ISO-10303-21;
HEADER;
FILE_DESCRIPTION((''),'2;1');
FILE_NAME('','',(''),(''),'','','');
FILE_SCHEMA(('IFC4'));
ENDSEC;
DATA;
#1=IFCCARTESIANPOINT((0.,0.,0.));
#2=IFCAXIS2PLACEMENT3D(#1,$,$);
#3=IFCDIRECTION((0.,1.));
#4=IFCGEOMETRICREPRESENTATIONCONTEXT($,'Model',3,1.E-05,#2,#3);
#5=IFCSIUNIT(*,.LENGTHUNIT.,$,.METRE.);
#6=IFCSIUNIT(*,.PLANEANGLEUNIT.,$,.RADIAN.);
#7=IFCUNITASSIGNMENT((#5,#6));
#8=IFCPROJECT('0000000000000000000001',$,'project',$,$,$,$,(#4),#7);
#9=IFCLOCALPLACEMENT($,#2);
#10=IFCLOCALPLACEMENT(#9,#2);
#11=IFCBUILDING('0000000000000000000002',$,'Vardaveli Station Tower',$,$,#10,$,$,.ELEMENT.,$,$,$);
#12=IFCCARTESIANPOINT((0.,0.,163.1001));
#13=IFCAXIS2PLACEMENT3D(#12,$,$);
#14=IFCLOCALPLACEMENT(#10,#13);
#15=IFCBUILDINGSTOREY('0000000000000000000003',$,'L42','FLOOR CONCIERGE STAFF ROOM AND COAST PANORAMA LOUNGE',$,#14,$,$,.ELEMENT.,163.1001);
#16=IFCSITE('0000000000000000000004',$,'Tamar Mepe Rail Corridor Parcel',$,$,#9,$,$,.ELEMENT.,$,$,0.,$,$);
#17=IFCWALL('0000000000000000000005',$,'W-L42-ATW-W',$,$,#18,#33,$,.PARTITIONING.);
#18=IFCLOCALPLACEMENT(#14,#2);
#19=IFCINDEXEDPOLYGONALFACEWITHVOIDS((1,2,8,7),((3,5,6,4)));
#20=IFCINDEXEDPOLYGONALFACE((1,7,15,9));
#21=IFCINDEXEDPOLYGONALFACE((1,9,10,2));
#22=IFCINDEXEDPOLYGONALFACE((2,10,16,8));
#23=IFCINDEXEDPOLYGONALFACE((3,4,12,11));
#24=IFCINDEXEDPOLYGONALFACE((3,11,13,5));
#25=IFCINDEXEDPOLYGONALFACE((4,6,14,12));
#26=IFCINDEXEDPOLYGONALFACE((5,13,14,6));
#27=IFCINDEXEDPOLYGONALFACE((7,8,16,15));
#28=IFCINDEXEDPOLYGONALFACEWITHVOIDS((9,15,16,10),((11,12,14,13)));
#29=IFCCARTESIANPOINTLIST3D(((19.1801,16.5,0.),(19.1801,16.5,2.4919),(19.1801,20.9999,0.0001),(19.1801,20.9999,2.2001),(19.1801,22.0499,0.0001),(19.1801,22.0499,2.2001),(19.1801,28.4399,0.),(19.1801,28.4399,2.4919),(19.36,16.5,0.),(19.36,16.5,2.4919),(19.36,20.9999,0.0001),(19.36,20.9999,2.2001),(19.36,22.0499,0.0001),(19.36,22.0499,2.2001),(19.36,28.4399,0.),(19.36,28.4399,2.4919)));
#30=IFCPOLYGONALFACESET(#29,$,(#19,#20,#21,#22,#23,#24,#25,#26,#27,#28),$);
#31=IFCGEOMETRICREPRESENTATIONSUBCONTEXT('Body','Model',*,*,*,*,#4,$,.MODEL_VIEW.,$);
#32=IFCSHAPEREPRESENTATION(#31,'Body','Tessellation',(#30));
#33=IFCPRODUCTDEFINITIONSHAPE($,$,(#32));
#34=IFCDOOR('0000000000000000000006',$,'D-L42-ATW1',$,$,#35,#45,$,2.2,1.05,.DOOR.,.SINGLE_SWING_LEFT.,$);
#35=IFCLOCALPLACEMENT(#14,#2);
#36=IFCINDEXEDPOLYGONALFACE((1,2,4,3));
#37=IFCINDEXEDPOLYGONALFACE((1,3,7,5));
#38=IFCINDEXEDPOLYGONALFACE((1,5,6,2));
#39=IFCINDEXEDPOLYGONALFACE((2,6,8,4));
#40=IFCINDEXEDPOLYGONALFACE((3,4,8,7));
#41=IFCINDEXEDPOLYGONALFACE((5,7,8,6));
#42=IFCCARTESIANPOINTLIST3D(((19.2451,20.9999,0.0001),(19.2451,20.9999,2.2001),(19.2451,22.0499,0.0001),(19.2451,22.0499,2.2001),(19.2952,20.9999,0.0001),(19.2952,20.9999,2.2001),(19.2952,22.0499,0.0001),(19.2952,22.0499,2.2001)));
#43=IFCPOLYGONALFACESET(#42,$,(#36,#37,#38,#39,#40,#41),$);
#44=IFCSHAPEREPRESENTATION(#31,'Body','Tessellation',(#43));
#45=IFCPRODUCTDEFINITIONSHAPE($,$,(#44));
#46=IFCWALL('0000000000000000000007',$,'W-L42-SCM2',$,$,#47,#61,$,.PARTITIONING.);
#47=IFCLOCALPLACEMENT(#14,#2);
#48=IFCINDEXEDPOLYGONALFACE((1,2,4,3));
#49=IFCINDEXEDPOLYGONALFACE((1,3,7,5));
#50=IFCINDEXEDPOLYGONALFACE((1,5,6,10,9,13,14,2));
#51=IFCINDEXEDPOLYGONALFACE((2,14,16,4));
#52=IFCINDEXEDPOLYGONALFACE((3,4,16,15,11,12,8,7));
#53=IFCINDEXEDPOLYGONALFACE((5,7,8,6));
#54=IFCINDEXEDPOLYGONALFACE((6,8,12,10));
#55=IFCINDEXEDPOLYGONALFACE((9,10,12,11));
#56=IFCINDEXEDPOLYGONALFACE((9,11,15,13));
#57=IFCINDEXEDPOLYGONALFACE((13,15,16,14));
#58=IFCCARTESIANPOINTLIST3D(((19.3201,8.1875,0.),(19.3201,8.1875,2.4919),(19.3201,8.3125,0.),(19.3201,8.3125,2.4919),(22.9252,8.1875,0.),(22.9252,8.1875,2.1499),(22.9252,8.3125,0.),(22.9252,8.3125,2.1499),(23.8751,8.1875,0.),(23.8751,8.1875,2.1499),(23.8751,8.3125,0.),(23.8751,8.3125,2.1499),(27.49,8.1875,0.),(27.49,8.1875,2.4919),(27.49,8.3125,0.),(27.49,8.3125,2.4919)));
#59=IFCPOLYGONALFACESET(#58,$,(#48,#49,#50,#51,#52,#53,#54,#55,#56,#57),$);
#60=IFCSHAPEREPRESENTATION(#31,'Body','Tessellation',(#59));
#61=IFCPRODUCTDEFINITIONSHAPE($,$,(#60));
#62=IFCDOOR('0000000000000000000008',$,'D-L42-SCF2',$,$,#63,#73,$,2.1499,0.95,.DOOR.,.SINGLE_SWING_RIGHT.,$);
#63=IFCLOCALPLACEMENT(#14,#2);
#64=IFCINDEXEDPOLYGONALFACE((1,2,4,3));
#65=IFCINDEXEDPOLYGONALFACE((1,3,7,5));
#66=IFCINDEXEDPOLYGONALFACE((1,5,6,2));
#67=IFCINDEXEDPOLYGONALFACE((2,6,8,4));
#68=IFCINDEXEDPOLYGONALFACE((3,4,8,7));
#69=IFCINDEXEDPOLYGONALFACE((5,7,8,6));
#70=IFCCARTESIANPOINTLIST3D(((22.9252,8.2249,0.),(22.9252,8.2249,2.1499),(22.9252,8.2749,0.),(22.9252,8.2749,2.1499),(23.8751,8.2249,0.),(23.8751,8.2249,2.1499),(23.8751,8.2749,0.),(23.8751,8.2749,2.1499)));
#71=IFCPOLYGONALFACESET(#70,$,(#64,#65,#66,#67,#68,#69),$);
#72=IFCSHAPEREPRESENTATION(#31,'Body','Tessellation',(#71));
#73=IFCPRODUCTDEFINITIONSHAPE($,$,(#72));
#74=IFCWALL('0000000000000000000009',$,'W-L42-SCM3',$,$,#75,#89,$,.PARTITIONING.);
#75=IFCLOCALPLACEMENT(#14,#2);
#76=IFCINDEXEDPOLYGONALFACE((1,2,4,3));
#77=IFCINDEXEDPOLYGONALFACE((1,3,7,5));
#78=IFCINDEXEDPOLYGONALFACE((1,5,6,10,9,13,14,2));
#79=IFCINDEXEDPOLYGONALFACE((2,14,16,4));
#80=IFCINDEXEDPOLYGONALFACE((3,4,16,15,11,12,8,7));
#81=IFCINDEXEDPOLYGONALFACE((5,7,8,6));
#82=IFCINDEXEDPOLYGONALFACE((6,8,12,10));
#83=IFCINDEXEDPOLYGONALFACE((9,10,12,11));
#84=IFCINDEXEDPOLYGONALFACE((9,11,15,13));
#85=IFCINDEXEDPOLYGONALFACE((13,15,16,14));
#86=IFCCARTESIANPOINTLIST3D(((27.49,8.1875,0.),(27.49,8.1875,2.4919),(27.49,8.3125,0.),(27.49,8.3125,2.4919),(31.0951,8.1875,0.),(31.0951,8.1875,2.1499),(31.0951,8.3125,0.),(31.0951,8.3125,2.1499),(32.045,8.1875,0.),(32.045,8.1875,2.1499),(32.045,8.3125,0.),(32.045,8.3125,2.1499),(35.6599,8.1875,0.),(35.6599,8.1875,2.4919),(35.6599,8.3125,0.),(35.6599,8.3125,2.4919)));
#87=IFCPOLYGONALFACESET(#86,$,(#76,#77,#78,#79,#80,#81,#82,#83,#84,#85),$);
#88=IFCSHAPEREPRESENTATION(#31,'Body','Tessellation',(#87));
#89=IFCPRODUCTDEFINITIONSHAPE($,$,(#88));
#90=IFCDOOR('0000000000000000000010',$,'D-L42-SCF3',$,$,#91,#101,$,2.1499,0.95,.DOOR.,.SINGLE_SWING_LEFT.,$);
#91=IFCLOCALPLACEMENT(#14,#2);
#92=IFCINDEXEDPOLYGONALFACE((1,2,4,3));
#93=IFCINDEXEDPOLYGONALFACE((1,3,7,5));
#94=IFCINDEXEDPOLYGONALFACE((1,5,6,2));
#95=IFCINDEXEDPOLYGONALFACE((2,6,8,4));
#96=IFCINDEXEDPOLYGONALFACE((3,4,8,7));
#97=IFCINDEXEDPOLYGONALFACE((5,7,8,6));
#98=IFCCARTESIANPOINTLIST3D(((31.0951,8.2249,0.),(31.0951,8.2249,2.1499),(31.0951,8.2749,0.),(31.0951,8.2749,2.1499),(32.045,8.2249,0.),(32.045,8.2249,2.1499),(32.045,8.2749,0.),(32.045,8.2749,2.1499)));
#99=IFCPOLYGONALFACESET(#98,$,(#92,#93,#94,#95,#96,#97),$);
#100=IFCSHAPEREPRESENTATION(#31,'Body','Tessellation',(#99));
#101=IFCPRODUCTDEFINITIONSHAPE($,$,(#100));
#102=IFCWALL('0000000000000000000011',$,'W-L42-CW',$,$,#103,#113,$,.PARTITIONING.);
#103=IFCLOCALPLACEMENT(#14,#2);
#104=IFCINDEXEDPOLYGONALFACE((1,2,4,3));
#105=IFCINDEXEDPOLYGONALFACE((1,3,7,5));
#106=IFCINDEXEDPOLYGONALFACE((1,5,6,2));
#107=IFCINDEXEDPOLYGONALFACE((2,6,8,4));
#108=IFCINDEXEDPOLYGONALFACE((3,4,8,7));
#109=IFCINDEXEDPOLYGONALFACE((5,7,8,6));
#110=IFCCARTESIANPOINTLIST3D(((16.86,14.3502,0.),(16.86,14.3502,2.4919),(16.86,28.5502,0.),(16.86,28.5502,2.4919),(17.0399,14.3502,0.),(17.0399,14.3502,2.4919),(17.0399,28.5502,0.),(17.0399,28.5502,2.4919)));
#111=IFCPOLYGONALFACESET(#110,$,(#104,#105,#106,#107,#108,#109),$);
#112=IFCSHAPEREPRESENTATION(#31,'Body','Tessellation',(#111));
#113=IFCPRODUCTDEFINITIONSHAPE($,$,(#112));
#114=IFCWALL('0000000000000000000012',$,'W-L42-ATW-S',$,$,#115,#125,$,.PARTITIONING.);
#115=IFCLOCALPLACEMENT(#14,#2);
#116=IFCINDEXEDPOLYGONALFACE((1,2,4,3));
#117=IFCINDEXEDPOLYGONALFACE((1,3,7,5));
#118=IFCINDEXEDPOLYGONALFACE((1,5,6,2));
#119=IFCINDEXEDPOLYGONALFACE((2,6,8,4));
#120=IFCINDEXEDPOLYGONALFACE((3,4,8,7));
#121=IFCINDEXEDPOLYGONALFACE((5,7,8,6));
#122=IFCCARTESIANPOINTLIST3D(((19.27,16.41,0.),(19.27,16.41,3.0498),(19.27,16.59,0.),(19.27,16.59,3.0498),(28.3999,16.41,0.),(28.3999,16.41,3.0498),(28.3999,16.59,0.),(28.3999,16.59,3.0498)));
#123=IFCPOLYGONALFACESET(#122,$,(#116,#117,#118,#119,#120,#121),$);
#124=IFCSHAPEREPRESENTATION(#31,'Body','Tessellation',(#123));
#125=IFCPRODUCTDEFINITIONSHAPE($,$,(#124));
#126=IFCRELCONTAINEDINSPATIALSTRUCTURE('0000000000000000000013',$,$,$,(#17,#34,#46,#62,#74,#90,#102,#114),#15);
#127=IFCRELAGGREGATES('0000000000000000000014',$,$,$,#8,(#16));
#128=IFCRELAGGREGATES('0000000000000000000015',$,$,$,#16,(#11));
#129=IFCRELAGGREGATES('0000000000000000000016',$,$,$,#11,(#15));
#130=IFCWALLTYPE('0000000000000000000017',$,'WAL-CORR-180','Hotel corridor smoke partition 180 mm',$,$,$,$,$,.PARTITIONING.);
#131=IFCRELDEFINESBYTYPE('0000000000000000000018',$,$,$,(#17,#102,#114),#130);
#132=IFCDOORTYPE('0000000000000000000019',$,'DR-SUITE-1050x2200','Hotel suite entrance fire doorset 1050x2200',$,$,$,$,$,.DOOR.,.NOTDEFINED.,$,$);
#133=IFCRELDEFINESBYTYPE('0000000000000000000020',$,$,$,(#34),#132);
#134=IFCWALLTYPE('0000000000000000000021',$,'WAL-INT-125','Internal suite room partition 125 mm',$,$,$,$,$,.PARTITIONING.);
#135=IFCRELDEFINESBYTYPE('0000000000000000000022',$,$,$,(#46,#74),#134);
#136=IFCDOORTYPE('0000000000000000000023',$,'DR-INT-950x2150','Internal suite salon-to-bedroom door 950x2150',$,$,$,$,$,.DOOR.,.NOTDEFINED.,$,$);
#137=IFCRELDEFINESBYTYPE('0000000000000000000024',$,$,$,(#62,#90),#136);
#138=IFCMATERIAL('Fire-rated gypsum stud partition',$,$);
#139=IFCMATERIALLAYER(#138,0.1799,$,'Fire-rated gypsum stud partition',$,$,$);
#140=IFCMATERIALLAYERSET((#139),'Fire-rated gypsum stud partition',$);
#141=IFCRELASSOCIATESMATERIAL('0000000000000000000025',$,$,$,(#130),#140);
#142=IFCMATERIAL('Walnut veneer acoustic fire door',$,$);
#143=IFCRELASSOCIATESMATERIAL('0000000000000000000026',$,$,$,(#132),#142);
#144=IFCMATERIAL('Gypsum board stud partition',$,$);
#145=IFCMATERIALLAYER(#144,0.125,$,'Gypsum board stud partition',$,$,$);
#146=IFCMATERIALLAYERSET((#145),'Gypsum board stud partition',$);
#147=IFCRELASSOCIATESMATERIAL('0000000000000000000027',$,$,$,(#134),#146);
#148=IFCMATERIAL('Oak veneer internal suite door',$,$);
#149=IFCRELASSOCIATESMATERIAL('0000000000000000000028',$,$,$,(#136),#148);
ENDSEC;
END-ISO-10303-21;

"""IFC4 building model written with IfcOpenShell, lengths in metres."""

from ifc_helpers import new_model, si_unit, direction, frame, frame_2d, origin, place, context, subcontext, project, spatial, rectangle, extrude, source, transform, mapped, material, layer, layer_set, type_object, element, fill, save


model = new_model("IFC4")

# Units and contexts
model_context = context("Model", 3, precision=1e-05, world=origin(), true_north=direction((0.0, 1.0)))
body_context = subcontext(model_context, "Body", "Model", "MODEL_VIEW")
ifc_project = project(units=[si_unit("LENGTHUNIT", "METRE"), si_unit("PLANEANGLEUNIT", "RADIAN")], contexts=[model_context])

# Site, building, storey
site_placement = place(None, origin())
site = spatial("IfcSite", under=ifc_project, at=site_placement, Name="Tamar Mepe Rail Corridor Parcel", CompositionType="ELEMENT", RefElevation=0.0)
building_placement = place(site_placement, origin())
building = spatial("IfcBuilding", under=site, at=building_placement, Name="Vardaveli Station Tower", CompositionType="ELEMENT")
storey_placement = place(building_placement, frame((0.0, 0.0, 163.1001)))
storey = spatial("IfcBuildingStorey", under=building, at=storey_placement, Name="L42", Description="FLOOR CONCIERGE STAFF ROOM AND COAST PANORAMA LOUNGE", CompositionType="ELEMENT", Elevation=163.1001)

# Walls, openings, doors
ifc_material_1 = material(Name="Fire-rated gypsum stud partition")
ifc_layer_1 = layer(ifc_material_1, 0.1799, Name="Fire-rated gypsum stud partition")
ifc_layer_set_1 = layer_set([ifc_layer_1], Name="Fire-rated gypsum stud partition")
wall_type_1 = type_object("IfcWallType", Name="WAL-CORR-180", Description="Hotel corridor smoke partition 180 mm", PredefinedType="PARTITIONING", material=ifc_layer_set_1)
shared_shape_1 = source(origin(), body_context, "Body", "SweptSolid", [
    extrude(rectangle(XDim=11.9399, YDim=0.1799, at=frame_2d((5.97, 0.0))), origin(), (0.0, 0.0, 1.0), 2.4919),
])
wall_1_placement = place(storey_placement, frame((19.27, 16.5, 0.0), z_axis=(0.0, 0.0, 1.0), x_axis=(0.0, 1.0, 0.0)))
wall_1 = element("IfcWall", 1, at=wall_1_placement, inside=storey, type_object=wall_type_1, Name="W-L42-ATW-W", PredefinedType="PARTITIONING", context=body_context, shape_type="MappedRepresentation", body=[
    mapped(shared_shape_1, transform((0.0, 0.0, 0.0), scale=1.0)),
])
shared_shape_2 = source(origin(), body_context, "Body", "SweptSolid", [
    extrude(rectangle(XDim=1.05, YDim=2.2, at=frame_2d((0.5249, 1.1001))), frame((0.0, 0.1001, 0.0), z_axis=(0.0, -1.0, 0.0), x_axis=(1.0, 0.0, 0.0)), (0.0, 0.0, 1.0), 0.2),
])
opening_1_placement = place(wall_1_placement, frame((4.5, 0.0, 0.0)))
opening_1 = element("IfcOpeningElement", 2, at=opening_1_placement, cuts=wall_1, PredefinedType="OPENING", context=body_context, shape_type="MappedRepresentation", body=[
    mapped(shared_shape_2, transform((0.0, 0.0, 0.0), scale=1.0)),
])
ifc_material_2 = material(Name="Walnut veneer acoustic fire door")
door_type_1 = type_object("IfcDoorType", Name="DR-SUITE-1050x2200", Description="Hotel suite entrance fire doorset 1050x2200", OperationType="NOTDEFINED", PredefinedType="DOOR", material=ifc_material_2)
shared_shape_3 = source(origin(), body_context, "Body", "SweptSolid", [
    extrude(rectangle(XDim=1.05, YDim=2.2, at=frame_2d((0.5249, 1.1001))), frame((0.0, 0.0249, 0.0), z_axis=(0.0, -1.0, 0.0), x_axis=(1.0, 0.0, 0.0)), (0.0, 0.0, 1.0), 0.05),
])
door_1_placement = place(opening_1_placement, origin())
door_1 = element("IfcDoor", 3, at=door_1_placement, inside=storey, type_object=door_type_1, Name="D-L42-ATW1", OperationType="SINGLE_SWING_LEFT", OverallHeight=2.2, OverallWidth=1.05, PredefinedType="DOOR", context=body_context, shape_type="MappedRepresentation", body=[
    mapped(shared_shape_3, transform((0.0, 0.0, 0.0), scale=1.0)),
])
fill(opening_1, door_1)
ifc_material_3 = material(Name="Gypsum board stud partition")
ifc_layer_2 = layer(ifc_material_3, 0.125, Name="Gypsum board stud partition")
ifc_layer_set_2 = layer_set([ifc_layer_2], Name="Gypsum board stud partition")
wall_type_2 = type_object("IfcWallType", Name="WAL-INT-125", Description="Internal suite room partition 125 mm", PredefinedType="PARTITIONING", material=ifc_layer_set_2)
shared_shape_4 = source(origin(), body_context, "Body", "SweptSolid", [
    extrude(rectangle(XDim=8.1699, YDim=0.125, at=frame_2d((4.085, 0.0))), origin(), (0.0, 0.0, 1.0), 2.4919),
])
wall_2_placement = place(storey_placement, frame((19.3201, 8.25, 0.0), z_axis=(0.0, 0.0, 1.0), x_axis=(1.0, 0.0, 0.0)))
wall_2 = element("IfcWall", 4, at=wall_2_placement, inside=storey, type_object=wall_type_2, Name="W-L42-SCM2", PredefinedType="PARTITIONING", context=body_context, shape_type="MappedRepresentation", body=[
    mapped(shared_shape_4, transform((0.0, 0.0, 0.0), scale=1.0)),
])
shared_shape_5 = source(origin(), body_context, "Body", "SweptSolid", [
    extrude(rectangle(XDim=0.95, YDim=2.1499, at=frame_2d((0.4751, 1.075))), frame((0.0, 0.0725, 0.0), z_axis=(0.0, -1.0, 0.0), x_axis=(1.0, 0.0, 0.0)), (0.0, 0.0, 1.0), 0.145),
])
opening_2_placement = place(wall_2_placement, frame((3.605, 0.0, 0.0)))
opening_2 = element("IfcOpeningElement", 5, at=opening_2_placement, cuts=wall_2, PredefinedType="OPENING", context=body_context, shape_type="MappedRepresentation", body=[
    mapped(shared_shape_5, transform((0.0, 0.0, 0.0), scale=1.0)),
])
ifc_material_4 = material(Name="Oak veneer internal suite door")
door_type_2 = type_object("IfcDoorType", Name="DR-INT-950x2150", Description="Internal suite salon-to-bedroom door 950x2150", OperationType="NOTDEFINED", PredefinedType="DOOR", material=ifc_material_4)
shared_shape_6 = source(origin(), body_context, "Body", "SweptSolid", [
    extrude(rectangle(XDim=0.95, YDim=2.1499, at=frame_2d((0.4751, 1.075))), frame((0.0, 0.0249, 0.0), z_axis=(0.0, -1.0, 0.0), x_axis=(1.0, 0.0, 0.0)), (0.0, 0.0, 1.0), 0.05),
])
door_2_placement = place(opening_2_placement, origin())
door_2 = element("IfcDoor", 6, at=door_2_placement, inside=storey, type_object=door_type_2, Name="D-L42-SCF2", OperationType="SINGLE_SWING_RIGHT", OverallHeight=2.1499, OverallWidth=0.95, PredefinedType="DOOR", context=body_context, shape_type="MappedRepresentation", body=[
    mapped(shared_shape_6, transform((0.0, 0.0, 0.0), scale=1.0)),
])
fill(opening_2, door_2)
wall_3_placement = place(storey_placement, frame((27.49, 8.25, 0.0), z_axis=(0.0, 0.0, 1.0), x_axis=(1.0, 0.0, 0.0)))
wall_3 = element("IfcWall", 7, at=wall_3_placement, inside=storey, type_object=wall_type_2, Name="W-L42-SCM3", PredefinedType="PARTITIONING", context=body_context, shape_type="MappedRepresentation", body=[
    mapped(shared_shape_4, transform((0.0, 0.0, 0.0), scale=1.0)),
])
opening_3_placement = place(wall_3_placement, frame((3.605, 0.0, 0.0)))
opening_3 = element("IfcOpeningElement", 8, at=opening_3_placement, cuts=wall_3, PredefinedType="OPENING", context=body_context, shape_type="MappedRepresentation", body=[
    mapped(shared_shape_5, transform((0.0, 0.0, 0.0), scale=1.0)),
])
door_3_placement = place(opening_3_placement, origin())
door_3 = element("IfcDoor", 9, at=door_3_placement, inside=storey, type_object=door_type_2, Name="D-L42-SCF3", OperationType="SINGLE_SWING_LEFT", OverallHeight=2.1499, OverallWidth=0.95, PredefinedType="DOOR", context=body_context, shape_type="MappedRepresentation", body=[
    mapped(shared_shape_6, transform((0.0, 0.0, 0.0), scale=1.0)),
])
fill(opening_3, door_3)

# Walls
shared_shape_7 = source(origin(), body_context, "Body", "SweptSolid", [
    extrude(rectangle(XDim=14.2, YDim=0.1799, at=frame_2d((7.1001, 0.0))), origin(), (0.0, 0.0, 1.0), 2.4919),
])
wall_4_placement = place(storey_placement, frame((16.95, 14.3501, 0.0), z_axis=(0.0, 0.0, 1.0), x_axis=(0.0, 1.0, 0.0)))
element("IfcWall", 10, at=wall_4_placement, inside=storey, type_object=wall_type_1, Name="W-L42-CW", PredefinedType="PARTITIONING", context=body_context, shape_type="MappedRepresentation", body=[
    mapped(shared_shape_7, transform((0.0, 0.0, 0.0), scale=1.0)),
])
shared_shape_8 = source(origin(), body_context, "Body", "SweptSolid", [
    extrude(rectangle(XDim=9.1299, YDim=0.1799, at=frame_2d((4.5649, 0.0))), origin(), (0.0, 0.0, 1.0), 3.0498),
])
wall_5_placement = place(storey_placement, frame((19.27, 16.5, 0.0), z_axis=(0.0, 0.0, 1.0), x_axis=(1.0, 0.0, 0.0)))
element("IfcWall", 11, at=wall_5_placement, inside=storey, type_object=wall_type_1, Name="W-L42-ATW-S", PredefinedType="PARTITIONING", context=body_context, shape_type="MappedRepresentation", body=[
    mapped(shared_shape_8, transform((0.0, 0.0, 0.0), scale=1.0)),
])

save(model, "model.ifc")
